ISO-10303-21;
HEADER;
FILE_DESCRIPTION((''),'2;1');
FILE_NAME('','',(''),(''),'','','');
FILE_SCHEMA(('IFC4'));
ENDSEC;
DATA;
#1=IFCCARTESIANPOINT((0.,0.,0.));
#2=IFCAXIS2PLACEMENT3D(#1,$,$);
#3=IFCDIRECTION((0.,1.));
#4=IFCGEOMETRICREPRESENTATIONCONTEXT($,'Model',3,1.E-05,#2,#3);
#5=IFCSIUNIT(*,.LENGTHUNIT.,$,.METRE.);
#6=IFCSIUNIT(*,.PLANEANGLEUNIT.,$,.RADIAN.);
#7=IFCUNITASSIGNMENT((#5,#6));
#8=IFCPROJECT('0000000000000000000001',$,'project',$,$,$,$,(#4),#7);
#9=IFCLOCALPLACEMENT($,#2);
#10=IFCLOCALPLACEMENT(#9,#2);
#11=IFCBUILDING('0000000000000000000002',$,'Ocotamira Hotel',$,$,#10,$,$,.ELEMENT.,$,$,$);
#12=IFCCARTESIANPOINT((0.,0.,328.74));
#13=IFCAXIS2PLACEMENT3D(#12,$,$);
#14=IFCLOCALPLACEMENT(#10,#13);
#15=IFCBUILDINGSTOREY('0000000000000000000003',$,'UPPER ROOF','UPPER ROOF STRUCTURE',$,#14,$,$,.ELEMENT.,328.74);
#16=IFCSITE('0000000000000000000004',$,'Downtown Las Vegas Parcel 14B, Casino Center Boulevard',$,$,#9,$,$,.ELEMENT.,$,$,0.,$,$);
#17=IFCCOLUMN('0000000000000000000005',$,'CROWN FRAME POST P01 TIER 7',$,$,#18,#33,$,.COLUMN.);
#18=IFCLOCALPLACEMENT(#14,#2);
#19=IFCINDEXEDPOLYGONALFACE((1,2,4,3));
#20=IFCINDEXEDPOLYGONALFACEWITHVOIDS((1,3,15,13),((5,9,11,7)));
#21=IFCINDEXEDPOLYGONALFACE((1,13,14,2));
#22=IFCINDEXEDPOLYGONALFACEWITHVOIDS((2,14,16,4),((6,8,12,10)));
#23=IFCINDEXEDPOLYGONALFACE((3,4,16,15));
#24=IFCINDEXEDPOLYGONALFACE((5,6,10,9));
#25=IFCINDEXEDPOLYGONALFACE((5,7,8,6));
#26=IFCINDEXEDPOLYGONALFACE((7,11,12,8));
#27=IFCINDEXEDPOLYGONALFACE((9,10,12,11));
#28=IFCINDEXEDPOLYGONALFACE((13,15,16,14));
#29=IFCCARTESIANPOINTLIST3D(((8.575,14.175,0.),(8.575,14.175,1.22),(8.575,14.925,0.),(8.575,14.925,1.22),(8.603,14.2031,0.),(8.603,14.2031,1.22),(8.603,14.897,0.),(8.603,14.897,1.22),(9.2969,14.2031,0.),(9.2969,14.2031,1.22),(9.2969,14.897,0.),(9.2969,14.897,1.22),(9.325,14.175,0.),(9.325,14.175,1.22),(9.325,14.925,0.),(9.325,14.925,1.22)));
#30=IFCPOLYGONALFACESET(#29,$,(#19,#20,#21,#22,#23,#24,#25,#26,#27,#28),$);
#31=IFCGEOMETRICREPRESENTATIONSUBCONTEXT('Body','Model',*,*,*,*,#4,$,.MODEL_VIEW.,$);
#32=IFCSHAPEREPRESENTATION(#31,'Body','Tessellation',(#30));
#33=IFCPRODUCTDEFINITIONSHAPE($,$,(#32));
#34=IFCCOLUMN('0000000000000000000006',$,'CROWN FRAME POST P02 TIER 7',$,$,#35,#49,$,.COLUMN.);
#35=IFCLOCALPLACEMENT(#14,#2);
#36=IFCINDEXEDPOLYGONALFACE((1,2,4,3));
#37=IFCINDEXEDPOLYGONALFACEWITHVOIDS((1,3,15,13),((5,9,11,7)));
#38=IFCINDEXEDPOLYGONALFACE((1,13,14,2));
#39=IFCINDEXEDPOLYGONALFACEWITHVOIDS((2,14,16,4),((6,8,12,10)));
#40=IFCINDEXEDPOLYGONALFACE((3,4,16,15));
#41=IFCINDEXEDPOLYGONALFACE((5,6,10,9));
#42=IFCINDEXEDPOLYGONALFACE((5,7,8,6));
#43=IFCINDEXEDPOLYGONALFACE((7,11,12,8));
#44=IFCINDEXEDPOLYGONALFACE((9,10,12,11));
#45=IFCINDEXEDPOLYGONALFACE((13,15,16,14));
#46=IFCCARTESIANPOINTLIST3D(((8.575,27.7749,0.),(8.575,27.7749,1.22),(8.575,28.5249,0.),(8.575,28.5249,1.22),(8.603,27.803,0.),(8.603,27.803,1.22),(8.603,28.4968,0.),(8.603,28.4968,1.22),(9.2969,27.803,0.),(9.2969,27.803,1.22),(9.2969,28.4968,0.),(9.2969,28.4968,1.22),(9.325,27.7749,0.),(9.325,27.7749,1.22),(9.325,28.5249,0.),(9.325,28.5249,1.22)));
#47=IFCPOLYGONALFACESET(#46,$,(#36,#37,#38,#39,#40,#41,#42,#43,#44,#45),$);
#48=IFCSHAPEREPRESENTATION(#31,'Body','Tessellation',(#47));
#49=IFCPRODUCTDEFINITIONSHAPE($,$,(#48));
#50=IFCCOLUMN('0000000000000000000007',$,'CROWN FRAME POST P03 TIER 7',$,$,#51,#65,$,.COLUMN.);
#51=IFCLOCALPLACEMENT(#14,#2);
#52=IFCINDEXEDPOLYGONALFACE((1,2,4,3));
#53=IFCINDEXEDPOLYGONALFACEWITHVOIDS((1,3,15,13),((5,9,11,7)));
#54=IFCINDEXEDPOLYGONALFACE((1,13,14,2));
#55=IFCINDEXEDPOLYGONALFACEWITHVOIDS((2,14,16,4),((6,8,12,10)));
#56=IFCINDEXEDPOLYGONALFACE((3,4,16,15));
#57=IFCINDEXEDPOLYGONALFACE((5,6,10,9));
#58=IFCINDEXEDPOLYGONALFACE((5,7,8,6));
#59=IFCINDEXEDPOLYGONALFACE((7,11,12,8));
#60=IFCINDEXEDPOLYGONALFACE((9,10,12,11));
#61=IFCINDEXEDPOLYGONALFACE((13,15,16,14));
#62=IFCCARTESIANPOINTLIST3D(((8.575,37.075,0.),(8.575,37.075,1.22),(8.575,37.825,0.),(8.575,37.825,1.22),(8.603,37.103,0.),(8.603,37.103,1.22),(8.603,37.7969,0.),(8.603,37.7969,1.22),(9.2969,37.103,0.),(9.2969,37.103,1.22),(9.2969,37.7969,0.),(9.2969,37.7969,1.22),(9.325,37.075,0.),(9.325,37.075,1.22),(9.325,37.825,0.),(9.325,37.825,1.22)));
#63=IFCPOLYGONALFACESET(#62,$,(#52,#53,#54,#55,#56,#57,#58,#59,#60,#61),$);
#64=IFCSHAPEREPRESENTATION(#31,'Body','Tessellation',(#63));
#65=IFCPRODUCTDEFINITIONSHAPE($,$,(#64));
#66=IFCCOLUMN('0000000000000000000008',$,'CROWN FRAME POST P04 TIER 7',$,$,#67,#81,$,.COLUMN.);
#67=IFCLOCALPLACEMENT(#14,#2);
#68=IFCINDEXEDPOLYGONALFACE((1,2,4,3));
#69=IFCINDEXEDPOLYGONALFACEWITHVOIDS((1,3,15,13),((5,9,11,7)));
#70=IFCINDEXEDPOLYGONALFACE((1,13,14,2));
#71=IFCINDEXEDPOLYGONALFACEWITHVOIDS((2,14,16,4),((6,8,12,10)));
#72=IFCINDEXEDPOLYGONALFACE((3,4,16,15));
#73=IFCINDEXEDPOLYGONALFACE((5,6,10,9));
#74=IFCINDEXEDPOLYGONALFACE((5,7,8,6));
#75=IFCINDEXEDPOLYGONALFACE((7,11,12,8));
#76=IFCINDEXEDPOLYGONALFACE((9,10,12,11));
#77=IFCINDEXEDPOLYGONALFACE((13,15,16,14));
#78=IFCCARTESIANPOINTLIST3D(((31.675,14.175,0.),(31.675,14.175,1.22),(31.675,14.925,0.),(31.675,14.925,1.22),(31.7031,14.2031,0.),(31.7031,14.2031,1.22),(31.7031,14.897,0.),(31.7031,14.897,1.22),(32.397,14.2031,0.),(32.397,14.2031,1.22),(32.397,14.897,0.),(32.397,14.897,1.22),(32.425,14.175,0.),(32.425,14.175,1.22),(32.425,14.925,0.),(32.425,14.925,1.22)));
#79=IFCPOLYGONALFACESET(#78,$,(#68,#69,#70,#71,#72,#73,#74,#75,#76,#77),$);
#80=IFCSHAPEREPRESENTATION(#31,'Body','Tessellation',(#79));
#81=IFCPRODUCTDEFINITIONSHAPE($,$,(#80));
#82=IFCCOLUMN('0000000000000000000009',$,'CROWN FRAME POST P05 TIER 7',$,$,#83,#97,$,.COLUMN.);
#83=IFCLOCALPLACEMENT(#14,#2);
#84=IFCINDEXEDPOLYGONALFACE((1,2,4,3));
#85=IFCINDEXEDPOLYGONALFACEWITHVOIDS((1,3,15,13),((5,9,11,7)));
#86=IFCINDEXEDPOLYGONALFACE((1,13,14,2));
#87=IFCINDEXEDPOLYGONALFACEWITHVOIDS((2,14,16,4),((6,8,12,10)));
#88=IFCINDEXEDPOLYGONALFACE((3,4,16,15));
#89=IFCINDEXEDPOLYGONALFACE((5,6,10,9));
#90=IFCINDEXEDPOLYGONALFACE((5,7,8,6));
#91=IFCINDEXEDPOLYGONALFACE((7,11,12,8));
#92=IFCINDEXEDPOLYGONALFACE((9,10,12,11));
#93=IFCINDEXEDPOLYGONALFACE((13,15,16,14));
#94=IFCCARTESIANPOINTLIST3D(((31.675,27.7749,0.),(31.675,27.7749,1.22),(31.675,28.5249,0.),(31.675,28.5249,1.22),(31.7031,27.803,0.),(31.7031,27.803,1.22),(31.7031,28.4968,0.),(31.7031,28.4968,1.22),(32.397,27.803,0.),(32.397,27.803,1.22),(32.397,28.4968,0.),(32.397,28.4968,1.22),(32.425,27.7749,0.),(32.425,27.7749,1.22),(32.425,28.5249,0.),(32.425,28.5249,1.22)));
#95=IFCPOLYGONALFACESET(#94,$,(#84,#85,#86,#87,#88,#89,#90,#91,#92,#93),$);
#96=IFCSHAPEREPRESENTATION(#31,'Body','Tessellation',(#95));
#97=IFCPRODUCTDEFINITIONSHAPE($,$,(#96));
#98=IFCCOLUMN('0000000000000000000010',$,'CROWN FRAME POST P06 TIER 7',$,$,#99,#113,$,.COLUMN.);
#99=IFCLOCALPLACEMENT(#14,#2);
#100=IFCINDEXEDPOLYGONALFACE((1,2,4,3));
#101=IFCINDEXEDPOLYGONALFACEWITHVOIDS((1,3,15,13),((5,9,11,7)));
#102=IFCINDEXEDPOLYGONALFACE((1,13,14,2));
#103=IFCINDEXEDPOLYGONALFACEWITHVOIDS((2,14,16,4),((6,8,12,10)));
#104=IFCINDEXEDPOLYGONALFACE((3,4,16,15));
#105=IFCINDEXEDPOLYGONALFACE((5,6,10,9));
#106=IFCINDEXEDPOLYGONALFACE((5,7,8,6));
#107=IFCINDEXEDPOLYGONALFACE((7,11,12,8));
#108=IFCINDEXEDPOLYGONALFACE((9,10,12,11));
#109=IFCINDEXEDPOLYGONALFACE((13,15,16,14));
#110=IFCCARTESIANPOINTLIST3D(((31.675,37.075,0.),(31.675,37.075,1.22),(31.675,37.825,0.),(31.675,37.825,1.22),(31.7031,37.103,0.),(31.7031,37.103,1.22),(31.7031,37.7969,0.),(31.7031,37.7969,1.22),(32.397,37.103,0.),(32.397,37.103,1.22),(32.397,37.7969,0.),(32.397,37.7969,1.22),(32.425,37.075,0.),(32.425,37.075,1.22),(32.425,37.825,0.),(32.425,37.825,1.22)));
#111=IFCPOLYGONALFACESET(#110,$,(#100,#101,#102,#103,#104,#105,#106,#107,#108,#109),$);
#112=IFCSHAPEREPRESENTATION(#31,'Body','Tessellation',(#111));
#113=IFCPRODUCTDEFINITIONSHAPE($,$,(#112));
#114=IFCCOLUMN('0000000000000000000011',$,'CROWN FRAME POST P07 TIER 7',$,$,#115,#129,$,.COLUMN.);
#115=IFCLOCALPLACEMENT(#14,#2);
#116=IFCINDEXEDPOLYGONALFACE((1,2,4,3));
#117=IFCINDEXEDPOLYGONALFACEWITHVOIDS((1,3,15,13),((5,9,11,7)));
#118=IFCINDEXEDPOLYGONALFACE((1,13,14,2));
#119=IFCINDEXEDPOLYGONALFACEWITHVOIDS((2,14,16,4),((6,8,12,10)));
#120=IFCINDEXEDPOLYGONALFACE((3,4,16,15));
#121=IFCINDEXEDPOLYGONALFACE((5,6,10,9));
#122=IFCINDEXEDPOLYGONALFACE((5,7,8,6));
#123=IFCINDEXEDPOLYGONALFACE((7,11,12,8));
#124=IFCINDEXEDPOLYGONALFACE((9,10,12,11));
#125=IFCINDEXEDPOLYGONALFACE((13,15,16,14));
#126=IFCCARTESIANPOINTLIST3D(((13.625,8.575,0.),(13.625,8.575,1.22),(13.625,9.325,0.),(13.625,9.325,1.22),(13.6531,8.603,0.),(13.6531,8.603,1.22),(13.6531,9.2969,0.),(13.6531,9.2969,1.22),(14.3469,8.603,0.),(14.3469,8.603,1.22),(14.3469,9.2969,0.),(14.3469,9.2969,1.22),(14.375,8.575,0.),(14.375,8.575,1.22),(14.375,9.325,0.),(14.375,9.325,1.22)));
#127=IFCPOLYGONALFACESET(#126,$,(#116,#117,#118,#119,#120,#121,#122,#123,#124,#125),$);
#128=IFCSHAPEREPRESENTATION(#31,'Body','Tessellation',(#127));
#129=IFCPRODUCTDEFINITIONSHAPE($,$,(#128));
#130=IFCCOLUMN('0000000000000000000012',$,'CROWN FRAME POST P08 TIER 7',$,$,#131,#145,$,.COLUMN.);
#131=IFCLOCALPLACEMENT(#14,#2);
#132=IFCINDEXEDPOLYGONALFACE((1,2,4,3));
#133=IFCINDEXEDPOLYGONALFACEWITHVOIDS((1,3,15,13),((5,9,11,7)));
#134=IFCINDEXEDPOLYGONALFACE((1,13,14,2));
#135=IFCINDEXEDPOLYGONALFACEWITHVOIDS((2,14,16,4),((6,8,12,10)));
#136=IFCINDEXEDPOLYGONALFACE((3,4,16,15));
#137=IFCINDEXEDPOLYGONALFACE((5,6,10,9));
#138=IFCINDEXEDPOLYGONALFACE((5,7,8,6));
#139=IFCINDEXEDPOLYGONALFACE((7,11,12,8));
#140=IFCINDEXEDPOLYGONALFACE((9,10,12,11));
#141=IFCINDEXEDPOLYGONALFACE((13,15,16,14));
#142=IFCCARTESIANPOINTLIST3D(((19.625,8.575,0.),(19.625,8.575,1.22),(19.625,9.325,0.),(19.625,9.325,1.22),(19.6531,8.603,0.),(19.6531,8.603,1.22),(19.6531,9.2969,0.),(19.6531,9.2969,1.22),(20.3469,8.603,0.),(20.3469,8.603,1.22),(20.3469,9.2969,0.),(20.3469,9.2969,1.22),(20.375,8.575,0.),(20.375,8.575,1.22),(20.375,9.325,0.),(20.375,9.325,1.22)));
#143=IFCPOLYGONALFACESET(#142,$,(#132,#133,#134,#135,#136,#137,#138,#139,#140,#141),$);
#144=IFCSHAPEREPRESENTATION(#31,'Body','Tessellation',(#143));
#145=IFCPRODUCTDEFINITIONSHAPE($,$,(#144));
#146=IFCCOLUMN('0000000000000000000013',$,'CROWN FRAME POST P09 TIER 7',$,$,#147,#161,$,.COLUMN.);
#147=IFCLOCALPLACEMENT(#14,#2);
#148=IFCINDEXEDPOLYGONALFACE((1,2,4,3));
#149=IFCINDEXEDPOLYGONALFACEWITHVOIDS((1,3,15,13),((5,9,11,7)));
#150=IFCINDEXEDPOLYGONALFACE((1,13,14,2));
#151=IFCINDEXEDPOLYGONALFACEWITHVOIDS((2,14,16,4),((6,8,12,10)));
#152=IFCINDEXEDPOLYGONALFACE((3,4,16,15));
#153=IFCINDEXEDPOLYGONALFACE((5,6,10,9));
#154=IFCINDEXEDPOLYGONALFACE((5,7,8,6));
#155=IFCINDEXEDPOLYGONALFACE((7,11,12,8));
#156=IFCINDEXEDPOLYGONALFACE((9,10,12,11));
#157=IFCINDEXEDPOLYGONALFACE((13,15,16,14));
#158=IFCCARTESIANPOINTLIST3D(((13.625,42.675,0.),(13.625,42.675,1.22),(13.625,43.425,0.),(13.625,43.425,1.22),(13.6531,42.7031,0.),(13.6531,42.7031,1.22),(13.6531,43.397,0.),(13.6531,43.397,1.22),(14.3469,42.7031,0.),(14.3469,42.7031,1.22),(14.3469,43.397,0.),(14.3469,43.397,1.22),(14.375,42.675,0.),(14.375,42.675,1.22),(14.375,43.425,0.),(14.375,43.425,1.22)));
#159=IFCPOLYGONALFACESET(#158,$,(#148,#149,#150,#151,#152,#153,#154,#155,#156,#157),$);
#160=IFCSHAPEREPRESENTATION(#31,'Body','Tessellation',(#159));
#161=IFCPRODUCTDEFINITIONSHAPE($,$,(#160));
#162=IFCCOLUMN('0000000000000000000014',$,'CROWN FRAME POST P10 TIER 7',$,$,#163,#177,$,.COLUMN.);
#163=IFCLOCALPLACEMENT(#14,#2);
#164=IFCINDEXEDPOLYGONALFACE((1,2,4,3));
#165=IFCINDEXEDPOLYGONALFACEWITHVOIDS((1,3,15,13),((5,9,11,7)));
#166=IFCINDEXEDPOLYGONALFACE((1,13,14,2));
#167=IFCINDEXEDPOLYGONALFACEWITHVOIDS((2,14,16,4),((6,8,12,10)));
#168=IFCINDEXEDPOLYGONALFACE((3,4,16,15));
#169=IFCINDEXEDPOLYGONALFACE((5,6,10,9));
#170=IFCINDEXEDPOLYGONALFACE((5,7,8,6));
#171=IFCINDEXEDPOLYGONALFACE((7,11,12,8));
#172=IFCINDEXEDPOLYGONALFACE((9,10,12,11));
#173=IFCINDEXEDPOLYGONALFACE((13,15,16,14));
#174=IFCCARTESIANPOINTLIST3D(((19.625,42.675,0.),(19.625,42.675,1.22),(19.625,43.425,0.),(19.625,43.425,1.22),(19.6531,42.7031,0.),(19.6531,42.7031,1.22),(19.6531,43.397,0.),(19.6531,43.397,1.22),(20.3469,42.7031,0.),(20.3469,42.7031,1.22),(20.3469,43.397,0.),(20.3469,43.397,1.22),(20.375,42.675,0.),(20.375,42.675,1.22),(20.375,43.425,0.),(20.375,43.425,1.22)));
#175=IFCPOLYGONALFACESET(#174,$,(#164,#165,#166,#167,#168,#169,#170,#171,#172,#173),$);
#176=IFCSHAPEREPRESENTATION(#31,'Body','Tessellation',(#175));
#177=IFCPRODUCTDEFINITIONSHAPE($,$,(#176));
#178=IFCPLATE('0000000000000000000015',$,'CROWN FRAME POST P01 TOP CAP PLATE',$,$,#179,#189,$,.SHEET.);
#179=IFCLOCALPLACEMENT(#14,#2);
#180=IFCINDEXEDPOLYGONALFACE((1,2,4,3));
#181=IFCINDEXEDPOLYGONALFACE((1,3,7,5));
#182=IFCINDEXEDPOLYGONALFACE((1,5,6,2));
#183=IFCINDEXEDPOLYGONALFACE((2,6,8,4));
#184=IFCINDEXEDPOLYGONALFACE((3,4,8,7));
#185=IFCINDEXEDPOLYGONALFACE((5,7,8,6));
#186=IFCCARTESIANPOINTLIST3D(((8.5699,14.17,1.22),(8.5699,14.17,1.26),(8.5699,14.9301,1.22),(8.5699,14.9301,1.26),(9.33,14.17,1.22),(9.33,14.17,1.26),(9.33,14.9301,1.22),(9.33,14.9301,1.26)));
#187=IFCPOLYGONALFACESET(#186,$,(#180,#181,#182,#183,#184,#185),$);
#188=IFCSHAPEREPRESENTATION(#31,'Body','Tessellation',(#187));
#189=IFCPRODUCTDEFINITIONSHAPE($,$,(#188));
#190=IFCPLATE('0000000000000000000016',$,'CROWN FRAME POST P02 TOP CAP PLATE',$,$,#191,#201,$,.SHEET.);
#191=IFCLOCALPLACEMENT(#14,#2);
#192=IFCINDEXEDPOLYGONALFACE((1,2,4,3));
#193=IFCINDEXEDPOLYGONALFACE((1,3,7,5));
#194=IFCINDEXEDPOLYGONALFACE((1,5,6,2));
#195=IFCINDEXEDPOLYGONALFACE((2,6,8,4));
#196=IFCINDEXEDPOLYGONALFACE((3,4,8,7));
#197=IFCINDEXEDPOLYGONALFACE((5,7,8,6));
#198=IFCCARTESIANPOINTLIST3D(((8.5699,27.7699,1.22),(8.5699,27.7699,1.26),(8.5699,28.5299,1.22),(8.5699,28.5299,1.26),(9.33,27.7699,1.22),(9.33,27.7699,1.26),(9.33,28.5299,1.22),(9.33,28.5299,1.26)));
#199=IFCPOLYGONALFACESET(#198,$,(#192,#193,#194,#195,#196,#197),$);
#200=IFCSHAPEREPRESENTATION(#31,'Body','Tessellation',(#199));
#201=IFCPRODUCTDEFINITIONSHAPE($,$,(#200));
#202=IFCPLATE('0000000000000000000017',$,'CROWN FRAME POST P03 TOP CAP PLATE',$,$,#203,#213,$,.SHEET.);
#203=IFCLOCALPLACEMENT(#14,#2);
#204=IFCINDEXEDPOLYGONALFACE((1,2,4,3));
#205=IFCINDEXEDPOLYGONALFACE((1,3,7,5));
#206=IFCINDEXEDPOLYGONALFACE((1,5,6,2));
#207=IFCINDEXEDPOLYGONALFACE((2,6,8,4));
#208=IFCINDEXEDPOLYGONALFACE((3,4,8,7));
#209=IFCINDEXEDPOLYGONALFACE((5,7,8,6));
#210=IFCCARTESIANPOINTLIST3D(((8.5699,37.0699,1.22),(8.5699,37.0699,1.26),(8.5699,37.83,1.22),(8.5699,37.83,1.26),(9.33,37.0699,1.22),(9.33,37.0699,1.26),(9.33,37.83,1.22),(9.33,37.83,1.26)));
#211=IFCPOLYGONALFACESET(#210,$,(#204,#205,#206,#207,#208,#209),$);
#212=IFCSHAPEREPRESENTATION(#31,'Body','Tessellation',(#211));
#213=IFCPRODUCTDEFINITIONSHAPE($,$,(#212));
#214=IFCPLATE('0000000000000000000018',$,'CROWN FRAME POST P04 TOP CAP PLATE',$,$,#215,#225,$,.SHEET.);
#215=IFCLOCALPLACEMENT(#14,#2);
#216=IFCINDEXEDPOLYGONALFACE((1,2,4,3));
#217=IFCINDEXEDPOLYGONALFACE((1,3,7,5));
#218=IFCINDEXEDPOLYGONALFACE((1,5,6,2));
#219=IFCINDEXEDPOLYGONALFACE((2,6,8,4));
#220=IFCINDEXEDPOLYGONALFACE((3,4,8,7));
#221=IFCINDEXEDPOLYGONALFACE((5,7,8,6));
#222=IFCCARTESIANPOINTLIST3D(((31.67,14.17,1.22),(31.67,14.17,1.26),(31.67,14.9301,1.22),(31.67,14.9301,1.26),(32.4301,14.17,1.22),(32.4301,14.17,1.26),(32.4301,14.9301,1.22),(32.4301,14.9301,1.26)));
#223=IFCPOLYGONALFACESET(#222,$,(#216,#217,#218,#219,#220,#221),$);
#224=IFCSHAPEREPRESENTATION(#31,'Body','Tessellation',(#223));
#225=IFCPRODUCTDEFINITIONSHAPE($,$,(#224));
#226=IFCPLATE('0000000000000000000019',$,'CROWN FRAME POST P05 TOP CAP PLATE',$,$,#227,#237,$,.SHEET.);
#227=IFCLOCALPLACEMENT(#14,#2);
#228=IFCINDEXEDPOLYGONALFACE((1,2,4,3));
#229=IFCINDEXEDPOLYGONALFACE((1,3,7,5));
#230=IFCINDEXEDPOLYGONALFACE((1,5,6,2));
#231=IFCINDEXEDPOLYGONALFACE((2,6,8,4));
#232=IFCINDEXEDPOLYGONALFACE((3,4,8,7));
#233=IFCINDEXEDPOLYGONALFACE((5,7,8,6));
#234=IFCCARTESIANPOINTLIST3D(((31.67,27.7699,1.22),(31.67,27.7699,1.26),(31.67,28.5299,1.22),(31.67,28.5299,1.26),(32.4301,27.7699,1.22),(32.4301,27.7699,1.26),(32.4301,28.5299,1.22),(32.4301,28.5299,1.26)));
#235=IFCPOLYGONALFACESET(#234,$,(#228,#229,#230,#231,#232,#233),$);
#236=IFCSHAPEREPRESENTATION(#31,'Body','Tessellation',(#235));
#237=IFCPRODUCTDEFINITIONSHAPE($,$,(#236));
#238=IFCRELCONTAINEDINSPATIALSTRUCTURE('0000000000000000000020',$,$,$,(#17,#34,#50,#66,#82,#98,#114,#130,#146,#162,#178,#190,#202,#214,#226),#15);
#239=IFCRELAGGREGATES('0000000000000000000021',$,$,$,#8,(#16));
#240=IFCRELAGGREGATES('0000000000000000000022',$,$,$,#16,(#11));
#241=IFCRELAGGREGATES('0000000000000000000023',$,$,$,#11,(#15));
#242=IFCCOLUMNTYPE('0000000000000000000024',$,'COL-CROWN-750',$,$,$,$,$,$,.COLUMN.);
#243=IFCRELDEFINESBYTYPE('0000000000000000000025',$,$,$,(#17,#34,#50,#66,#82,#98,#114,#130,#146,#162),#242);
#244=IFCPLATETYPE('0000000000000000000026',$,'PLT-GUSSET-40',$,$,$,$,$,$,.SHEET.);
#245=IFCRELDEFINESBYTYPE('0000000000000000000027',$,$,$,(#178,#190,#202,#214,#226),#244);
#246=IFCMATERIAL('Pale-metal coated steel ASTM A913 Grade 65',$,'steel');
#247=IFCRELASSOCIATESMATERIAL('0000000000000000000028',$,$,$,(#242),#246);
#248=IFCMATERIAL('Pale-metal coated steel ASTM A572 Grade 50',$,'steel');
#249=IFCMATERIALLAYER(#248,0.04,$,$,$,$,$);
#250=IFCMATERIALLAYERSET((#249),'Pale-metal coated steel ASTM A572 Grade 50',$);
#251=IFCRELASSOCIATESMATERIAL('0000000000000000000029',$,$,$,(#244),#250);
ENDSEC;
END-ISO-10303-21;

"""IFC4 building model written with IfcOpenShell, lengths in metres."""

from ifc_helpers import new_model, si_unit, direction, frame, origin, origin_2d, place, context, subcontext, project, spatial, rectangle, hollow_rectangle, extrude, source, transform, mapped, material, layer, layer_set, material_profile, profile_set, type_object, element, save


model = new_model("IFC4")

# Units and contexts
model_context = context("Model", 3, precision=1e-05, world=origin(), true_north=direction((0.0, 1.0)))
body_context = subcontext(model_context, "Body", "Model", "MODEL_VIEW")
ifc_project = project(units=[si_unit("LENGTHUNIT", "METRE"), si_unit("PLANEANGLEUNIT", "RADIAN")], contexts=[model_context])

# Site, building, storey
site_placement = place(None, origin())
site = spatial("IfcSite", under=ifc_project, at=site_placement, Name="Downtown Las Vegas Parcel 14B, Casino Center Boulevard", CompositionType="ELEMENT", RefElevation=0.0)
building_placement = place(site_placement, origin())
building = spatial("IfcBuilding", under=site, at=building_placement, Name="Ocotamira Hotel", CompositionType="ELEMENT")
storey_placement = place(building_placement, frame((0.0, 0.0, 328.74)))
storey = spatial("IfcBuildingStorey", under=building, at=storey_placement, Name="UPPER ROOF", Description="UPPER ROOF STRUCTURE", CompositionType="ELEMENT", Elevation=328.74)

# Columns
ifc_material_1 = material(Name="Pale-metal coated steel ASTM A913 Grade 65", Category="steel")
ifc_material_profile = material_profile(ifc_material_1, hollow_rectangle(XDim=0.75, YDim=0.75, WallThickness=0.0281, at=origin_2d()), Name="BOX750X750X28")
ifc_profile_set = profile_set([ifc_material_profile], Name="Pale-metal coated steel ASTM A913 Grade 65")
column_type = type_object("IfcColumnType", Name="COL-CROWN-750", PredefinedType="COLUMN", material=ifc_profile_set)
shared_shape_1 = source(origin(), body_context, "Body", "SweptSolid", [
    extrude(hollow_rectangle(XDim=0.75, YDim=0.75, WallThickness=0.0281, at=origin_2d()), origin(), (0.0, 0.0, 1.0), 1.22),
])
for number, where, z_axis, x_axis, name in (
    (1, (8.95, 14.55, 0.0), (0.0, 0.0, 1.0), (1.0, 0.0, 0.0), "CROWN FRAME POST P01 TIER 7"),
    (2, (8.95, 28.1499, 0.0), (0.0, 0.0, 1.0), (1.0, 0.0, 0.0), "CROWN FRAME POST P02 TIER 7"),
    (3, (8.95, 37.45, 0.0), (0.0, 0.0, 1.0), (1.0, 0.0, 0.0), "CROWN FRAME POST P03 TIER 7"),
    (4, (32.05, 14.55, 0.0), (0.0, 0.0, 1.0), (1.0, 0.0, 0.0), "CROWN FRAME POST P04 TIER 7"),
    (5, (32.05, 28.1499, 0.0), (0.0, 0.0, 1.0), (1.0, 0.0, 0.0), "CROWN FRAME POST P05 TIER 7"),
    (6, (32.05, 37.45, 0.0), (0.0, 0.0, 1.0), (1.0, 0.0, 0.0), "CROWN FRAME POST P06 TIER 7"),
    (7, (14.0, 8.95, 0.0), (0.0, 0.0, 1.0), (1.0, 0.0, 0.0), "CROWN FRAME POST P07 TIER 7"),
    (8, (20.0, 8.95, 0.0), (0.0, 0.0, 1.0), (1.0, 0.0, 0.0), "CROWN FRAME POST P08 TIER 7"),
    (9, (14.0, 43.05, 0.0), (0.0, 0.0, 1.0), (1.0, 0.0, 0.0), "CROWN FRAME POST P09 TIER 7"),
    (10, (20.0, 43.05, 0.0), (0.0, 0.0, 1.0), (1.0, 0.0, 0.0), "CROWN FRAME POST P10 TIER 7"),
):
    element("IfcColumn", number, at=place(storey_placement, frame(where, z_axis=z_axis, x_axis=x_axis)), inside=storey, type_object=column_type, Name=name, PredefinedType="COLUMN", context=body_context, shape_type="MappedRepresentation", body=[
        mapped(shared_shape_1, transform((0.0, 0.0, 0.0), scale=1.0)),
    ])

# Plates
ifc_material_2 = material(Name="Pale-metal coated steel ASTM A572 Grade 50", Category="steel")
ifc_layer_1 = layer(ifc_material_2, 0.04)
ifc_layer_set_1 = layer_set([ifc_layer_1], Name="Pale-metal coated steel ASTM A572 Grade 50")
plate_type = type_object("IfcPlateType", Name="PLT-GUSSET-40", PredefinedType="SHEET", material=ifc_layer_set_1)
shared_shape_2 = source(origin(), body_context, "Body", "SweptSolid", [
    extrude(rectangle(XDim=0.76, YDim=0.76, at=origin_2d()), origin(), (0.0, 0.0, 1.0), 0.04),
])
for number, where, z_axis, x_axis, name in (
    (11, (8.95, 14.55, 1.22), (0.0, 0.0, 1.0), (1.0, 0.0, 0.0), "CROWN FRAME POST P01 TOP CAP PLATE"),
    (12, (8.95, 28.1499, 1.22), (0.0, 0.0, 1.0), (1.0, 0.0, 0.0), "CROWN FRAME POST P02 TOP CAP PLATE"),
    (13, (8.95, 37.45, 1.22), (0.0, 0.0, 1.0), (1.0, 0.0, 0.0), "CROWN FRAME POST P03 TOP CAP PLATE"),
    (14, (32.05, 14.55, 1.22), (0.0, 0.0, 1.0), (1.0, 0.0, 0.0), "CROWN FRAME POST P04 TOP CAP PLATE"),
    (15, (32.05, 28.1499, 1.22), (0.0, 0.0, 1.0), (1.0, 0.0, 0.0), "CROWN FRAME POST P05 TOP CAP PLATE"),
):
    element("IfcPlate", number, at=place(storey_placement, frame(where, z_axis=z_axis, x_axis=x_axis)), inside=storey, type_object=plate_type, Name=name, PredefinedType="SHEET", context=body_context, shape_type="MappedRepresentation", body=[
        mapped(shared_shape_2, transform((0.0, 0.0, 0.0), scale=1.0)),
    ])

save(model, "model.ifc")
